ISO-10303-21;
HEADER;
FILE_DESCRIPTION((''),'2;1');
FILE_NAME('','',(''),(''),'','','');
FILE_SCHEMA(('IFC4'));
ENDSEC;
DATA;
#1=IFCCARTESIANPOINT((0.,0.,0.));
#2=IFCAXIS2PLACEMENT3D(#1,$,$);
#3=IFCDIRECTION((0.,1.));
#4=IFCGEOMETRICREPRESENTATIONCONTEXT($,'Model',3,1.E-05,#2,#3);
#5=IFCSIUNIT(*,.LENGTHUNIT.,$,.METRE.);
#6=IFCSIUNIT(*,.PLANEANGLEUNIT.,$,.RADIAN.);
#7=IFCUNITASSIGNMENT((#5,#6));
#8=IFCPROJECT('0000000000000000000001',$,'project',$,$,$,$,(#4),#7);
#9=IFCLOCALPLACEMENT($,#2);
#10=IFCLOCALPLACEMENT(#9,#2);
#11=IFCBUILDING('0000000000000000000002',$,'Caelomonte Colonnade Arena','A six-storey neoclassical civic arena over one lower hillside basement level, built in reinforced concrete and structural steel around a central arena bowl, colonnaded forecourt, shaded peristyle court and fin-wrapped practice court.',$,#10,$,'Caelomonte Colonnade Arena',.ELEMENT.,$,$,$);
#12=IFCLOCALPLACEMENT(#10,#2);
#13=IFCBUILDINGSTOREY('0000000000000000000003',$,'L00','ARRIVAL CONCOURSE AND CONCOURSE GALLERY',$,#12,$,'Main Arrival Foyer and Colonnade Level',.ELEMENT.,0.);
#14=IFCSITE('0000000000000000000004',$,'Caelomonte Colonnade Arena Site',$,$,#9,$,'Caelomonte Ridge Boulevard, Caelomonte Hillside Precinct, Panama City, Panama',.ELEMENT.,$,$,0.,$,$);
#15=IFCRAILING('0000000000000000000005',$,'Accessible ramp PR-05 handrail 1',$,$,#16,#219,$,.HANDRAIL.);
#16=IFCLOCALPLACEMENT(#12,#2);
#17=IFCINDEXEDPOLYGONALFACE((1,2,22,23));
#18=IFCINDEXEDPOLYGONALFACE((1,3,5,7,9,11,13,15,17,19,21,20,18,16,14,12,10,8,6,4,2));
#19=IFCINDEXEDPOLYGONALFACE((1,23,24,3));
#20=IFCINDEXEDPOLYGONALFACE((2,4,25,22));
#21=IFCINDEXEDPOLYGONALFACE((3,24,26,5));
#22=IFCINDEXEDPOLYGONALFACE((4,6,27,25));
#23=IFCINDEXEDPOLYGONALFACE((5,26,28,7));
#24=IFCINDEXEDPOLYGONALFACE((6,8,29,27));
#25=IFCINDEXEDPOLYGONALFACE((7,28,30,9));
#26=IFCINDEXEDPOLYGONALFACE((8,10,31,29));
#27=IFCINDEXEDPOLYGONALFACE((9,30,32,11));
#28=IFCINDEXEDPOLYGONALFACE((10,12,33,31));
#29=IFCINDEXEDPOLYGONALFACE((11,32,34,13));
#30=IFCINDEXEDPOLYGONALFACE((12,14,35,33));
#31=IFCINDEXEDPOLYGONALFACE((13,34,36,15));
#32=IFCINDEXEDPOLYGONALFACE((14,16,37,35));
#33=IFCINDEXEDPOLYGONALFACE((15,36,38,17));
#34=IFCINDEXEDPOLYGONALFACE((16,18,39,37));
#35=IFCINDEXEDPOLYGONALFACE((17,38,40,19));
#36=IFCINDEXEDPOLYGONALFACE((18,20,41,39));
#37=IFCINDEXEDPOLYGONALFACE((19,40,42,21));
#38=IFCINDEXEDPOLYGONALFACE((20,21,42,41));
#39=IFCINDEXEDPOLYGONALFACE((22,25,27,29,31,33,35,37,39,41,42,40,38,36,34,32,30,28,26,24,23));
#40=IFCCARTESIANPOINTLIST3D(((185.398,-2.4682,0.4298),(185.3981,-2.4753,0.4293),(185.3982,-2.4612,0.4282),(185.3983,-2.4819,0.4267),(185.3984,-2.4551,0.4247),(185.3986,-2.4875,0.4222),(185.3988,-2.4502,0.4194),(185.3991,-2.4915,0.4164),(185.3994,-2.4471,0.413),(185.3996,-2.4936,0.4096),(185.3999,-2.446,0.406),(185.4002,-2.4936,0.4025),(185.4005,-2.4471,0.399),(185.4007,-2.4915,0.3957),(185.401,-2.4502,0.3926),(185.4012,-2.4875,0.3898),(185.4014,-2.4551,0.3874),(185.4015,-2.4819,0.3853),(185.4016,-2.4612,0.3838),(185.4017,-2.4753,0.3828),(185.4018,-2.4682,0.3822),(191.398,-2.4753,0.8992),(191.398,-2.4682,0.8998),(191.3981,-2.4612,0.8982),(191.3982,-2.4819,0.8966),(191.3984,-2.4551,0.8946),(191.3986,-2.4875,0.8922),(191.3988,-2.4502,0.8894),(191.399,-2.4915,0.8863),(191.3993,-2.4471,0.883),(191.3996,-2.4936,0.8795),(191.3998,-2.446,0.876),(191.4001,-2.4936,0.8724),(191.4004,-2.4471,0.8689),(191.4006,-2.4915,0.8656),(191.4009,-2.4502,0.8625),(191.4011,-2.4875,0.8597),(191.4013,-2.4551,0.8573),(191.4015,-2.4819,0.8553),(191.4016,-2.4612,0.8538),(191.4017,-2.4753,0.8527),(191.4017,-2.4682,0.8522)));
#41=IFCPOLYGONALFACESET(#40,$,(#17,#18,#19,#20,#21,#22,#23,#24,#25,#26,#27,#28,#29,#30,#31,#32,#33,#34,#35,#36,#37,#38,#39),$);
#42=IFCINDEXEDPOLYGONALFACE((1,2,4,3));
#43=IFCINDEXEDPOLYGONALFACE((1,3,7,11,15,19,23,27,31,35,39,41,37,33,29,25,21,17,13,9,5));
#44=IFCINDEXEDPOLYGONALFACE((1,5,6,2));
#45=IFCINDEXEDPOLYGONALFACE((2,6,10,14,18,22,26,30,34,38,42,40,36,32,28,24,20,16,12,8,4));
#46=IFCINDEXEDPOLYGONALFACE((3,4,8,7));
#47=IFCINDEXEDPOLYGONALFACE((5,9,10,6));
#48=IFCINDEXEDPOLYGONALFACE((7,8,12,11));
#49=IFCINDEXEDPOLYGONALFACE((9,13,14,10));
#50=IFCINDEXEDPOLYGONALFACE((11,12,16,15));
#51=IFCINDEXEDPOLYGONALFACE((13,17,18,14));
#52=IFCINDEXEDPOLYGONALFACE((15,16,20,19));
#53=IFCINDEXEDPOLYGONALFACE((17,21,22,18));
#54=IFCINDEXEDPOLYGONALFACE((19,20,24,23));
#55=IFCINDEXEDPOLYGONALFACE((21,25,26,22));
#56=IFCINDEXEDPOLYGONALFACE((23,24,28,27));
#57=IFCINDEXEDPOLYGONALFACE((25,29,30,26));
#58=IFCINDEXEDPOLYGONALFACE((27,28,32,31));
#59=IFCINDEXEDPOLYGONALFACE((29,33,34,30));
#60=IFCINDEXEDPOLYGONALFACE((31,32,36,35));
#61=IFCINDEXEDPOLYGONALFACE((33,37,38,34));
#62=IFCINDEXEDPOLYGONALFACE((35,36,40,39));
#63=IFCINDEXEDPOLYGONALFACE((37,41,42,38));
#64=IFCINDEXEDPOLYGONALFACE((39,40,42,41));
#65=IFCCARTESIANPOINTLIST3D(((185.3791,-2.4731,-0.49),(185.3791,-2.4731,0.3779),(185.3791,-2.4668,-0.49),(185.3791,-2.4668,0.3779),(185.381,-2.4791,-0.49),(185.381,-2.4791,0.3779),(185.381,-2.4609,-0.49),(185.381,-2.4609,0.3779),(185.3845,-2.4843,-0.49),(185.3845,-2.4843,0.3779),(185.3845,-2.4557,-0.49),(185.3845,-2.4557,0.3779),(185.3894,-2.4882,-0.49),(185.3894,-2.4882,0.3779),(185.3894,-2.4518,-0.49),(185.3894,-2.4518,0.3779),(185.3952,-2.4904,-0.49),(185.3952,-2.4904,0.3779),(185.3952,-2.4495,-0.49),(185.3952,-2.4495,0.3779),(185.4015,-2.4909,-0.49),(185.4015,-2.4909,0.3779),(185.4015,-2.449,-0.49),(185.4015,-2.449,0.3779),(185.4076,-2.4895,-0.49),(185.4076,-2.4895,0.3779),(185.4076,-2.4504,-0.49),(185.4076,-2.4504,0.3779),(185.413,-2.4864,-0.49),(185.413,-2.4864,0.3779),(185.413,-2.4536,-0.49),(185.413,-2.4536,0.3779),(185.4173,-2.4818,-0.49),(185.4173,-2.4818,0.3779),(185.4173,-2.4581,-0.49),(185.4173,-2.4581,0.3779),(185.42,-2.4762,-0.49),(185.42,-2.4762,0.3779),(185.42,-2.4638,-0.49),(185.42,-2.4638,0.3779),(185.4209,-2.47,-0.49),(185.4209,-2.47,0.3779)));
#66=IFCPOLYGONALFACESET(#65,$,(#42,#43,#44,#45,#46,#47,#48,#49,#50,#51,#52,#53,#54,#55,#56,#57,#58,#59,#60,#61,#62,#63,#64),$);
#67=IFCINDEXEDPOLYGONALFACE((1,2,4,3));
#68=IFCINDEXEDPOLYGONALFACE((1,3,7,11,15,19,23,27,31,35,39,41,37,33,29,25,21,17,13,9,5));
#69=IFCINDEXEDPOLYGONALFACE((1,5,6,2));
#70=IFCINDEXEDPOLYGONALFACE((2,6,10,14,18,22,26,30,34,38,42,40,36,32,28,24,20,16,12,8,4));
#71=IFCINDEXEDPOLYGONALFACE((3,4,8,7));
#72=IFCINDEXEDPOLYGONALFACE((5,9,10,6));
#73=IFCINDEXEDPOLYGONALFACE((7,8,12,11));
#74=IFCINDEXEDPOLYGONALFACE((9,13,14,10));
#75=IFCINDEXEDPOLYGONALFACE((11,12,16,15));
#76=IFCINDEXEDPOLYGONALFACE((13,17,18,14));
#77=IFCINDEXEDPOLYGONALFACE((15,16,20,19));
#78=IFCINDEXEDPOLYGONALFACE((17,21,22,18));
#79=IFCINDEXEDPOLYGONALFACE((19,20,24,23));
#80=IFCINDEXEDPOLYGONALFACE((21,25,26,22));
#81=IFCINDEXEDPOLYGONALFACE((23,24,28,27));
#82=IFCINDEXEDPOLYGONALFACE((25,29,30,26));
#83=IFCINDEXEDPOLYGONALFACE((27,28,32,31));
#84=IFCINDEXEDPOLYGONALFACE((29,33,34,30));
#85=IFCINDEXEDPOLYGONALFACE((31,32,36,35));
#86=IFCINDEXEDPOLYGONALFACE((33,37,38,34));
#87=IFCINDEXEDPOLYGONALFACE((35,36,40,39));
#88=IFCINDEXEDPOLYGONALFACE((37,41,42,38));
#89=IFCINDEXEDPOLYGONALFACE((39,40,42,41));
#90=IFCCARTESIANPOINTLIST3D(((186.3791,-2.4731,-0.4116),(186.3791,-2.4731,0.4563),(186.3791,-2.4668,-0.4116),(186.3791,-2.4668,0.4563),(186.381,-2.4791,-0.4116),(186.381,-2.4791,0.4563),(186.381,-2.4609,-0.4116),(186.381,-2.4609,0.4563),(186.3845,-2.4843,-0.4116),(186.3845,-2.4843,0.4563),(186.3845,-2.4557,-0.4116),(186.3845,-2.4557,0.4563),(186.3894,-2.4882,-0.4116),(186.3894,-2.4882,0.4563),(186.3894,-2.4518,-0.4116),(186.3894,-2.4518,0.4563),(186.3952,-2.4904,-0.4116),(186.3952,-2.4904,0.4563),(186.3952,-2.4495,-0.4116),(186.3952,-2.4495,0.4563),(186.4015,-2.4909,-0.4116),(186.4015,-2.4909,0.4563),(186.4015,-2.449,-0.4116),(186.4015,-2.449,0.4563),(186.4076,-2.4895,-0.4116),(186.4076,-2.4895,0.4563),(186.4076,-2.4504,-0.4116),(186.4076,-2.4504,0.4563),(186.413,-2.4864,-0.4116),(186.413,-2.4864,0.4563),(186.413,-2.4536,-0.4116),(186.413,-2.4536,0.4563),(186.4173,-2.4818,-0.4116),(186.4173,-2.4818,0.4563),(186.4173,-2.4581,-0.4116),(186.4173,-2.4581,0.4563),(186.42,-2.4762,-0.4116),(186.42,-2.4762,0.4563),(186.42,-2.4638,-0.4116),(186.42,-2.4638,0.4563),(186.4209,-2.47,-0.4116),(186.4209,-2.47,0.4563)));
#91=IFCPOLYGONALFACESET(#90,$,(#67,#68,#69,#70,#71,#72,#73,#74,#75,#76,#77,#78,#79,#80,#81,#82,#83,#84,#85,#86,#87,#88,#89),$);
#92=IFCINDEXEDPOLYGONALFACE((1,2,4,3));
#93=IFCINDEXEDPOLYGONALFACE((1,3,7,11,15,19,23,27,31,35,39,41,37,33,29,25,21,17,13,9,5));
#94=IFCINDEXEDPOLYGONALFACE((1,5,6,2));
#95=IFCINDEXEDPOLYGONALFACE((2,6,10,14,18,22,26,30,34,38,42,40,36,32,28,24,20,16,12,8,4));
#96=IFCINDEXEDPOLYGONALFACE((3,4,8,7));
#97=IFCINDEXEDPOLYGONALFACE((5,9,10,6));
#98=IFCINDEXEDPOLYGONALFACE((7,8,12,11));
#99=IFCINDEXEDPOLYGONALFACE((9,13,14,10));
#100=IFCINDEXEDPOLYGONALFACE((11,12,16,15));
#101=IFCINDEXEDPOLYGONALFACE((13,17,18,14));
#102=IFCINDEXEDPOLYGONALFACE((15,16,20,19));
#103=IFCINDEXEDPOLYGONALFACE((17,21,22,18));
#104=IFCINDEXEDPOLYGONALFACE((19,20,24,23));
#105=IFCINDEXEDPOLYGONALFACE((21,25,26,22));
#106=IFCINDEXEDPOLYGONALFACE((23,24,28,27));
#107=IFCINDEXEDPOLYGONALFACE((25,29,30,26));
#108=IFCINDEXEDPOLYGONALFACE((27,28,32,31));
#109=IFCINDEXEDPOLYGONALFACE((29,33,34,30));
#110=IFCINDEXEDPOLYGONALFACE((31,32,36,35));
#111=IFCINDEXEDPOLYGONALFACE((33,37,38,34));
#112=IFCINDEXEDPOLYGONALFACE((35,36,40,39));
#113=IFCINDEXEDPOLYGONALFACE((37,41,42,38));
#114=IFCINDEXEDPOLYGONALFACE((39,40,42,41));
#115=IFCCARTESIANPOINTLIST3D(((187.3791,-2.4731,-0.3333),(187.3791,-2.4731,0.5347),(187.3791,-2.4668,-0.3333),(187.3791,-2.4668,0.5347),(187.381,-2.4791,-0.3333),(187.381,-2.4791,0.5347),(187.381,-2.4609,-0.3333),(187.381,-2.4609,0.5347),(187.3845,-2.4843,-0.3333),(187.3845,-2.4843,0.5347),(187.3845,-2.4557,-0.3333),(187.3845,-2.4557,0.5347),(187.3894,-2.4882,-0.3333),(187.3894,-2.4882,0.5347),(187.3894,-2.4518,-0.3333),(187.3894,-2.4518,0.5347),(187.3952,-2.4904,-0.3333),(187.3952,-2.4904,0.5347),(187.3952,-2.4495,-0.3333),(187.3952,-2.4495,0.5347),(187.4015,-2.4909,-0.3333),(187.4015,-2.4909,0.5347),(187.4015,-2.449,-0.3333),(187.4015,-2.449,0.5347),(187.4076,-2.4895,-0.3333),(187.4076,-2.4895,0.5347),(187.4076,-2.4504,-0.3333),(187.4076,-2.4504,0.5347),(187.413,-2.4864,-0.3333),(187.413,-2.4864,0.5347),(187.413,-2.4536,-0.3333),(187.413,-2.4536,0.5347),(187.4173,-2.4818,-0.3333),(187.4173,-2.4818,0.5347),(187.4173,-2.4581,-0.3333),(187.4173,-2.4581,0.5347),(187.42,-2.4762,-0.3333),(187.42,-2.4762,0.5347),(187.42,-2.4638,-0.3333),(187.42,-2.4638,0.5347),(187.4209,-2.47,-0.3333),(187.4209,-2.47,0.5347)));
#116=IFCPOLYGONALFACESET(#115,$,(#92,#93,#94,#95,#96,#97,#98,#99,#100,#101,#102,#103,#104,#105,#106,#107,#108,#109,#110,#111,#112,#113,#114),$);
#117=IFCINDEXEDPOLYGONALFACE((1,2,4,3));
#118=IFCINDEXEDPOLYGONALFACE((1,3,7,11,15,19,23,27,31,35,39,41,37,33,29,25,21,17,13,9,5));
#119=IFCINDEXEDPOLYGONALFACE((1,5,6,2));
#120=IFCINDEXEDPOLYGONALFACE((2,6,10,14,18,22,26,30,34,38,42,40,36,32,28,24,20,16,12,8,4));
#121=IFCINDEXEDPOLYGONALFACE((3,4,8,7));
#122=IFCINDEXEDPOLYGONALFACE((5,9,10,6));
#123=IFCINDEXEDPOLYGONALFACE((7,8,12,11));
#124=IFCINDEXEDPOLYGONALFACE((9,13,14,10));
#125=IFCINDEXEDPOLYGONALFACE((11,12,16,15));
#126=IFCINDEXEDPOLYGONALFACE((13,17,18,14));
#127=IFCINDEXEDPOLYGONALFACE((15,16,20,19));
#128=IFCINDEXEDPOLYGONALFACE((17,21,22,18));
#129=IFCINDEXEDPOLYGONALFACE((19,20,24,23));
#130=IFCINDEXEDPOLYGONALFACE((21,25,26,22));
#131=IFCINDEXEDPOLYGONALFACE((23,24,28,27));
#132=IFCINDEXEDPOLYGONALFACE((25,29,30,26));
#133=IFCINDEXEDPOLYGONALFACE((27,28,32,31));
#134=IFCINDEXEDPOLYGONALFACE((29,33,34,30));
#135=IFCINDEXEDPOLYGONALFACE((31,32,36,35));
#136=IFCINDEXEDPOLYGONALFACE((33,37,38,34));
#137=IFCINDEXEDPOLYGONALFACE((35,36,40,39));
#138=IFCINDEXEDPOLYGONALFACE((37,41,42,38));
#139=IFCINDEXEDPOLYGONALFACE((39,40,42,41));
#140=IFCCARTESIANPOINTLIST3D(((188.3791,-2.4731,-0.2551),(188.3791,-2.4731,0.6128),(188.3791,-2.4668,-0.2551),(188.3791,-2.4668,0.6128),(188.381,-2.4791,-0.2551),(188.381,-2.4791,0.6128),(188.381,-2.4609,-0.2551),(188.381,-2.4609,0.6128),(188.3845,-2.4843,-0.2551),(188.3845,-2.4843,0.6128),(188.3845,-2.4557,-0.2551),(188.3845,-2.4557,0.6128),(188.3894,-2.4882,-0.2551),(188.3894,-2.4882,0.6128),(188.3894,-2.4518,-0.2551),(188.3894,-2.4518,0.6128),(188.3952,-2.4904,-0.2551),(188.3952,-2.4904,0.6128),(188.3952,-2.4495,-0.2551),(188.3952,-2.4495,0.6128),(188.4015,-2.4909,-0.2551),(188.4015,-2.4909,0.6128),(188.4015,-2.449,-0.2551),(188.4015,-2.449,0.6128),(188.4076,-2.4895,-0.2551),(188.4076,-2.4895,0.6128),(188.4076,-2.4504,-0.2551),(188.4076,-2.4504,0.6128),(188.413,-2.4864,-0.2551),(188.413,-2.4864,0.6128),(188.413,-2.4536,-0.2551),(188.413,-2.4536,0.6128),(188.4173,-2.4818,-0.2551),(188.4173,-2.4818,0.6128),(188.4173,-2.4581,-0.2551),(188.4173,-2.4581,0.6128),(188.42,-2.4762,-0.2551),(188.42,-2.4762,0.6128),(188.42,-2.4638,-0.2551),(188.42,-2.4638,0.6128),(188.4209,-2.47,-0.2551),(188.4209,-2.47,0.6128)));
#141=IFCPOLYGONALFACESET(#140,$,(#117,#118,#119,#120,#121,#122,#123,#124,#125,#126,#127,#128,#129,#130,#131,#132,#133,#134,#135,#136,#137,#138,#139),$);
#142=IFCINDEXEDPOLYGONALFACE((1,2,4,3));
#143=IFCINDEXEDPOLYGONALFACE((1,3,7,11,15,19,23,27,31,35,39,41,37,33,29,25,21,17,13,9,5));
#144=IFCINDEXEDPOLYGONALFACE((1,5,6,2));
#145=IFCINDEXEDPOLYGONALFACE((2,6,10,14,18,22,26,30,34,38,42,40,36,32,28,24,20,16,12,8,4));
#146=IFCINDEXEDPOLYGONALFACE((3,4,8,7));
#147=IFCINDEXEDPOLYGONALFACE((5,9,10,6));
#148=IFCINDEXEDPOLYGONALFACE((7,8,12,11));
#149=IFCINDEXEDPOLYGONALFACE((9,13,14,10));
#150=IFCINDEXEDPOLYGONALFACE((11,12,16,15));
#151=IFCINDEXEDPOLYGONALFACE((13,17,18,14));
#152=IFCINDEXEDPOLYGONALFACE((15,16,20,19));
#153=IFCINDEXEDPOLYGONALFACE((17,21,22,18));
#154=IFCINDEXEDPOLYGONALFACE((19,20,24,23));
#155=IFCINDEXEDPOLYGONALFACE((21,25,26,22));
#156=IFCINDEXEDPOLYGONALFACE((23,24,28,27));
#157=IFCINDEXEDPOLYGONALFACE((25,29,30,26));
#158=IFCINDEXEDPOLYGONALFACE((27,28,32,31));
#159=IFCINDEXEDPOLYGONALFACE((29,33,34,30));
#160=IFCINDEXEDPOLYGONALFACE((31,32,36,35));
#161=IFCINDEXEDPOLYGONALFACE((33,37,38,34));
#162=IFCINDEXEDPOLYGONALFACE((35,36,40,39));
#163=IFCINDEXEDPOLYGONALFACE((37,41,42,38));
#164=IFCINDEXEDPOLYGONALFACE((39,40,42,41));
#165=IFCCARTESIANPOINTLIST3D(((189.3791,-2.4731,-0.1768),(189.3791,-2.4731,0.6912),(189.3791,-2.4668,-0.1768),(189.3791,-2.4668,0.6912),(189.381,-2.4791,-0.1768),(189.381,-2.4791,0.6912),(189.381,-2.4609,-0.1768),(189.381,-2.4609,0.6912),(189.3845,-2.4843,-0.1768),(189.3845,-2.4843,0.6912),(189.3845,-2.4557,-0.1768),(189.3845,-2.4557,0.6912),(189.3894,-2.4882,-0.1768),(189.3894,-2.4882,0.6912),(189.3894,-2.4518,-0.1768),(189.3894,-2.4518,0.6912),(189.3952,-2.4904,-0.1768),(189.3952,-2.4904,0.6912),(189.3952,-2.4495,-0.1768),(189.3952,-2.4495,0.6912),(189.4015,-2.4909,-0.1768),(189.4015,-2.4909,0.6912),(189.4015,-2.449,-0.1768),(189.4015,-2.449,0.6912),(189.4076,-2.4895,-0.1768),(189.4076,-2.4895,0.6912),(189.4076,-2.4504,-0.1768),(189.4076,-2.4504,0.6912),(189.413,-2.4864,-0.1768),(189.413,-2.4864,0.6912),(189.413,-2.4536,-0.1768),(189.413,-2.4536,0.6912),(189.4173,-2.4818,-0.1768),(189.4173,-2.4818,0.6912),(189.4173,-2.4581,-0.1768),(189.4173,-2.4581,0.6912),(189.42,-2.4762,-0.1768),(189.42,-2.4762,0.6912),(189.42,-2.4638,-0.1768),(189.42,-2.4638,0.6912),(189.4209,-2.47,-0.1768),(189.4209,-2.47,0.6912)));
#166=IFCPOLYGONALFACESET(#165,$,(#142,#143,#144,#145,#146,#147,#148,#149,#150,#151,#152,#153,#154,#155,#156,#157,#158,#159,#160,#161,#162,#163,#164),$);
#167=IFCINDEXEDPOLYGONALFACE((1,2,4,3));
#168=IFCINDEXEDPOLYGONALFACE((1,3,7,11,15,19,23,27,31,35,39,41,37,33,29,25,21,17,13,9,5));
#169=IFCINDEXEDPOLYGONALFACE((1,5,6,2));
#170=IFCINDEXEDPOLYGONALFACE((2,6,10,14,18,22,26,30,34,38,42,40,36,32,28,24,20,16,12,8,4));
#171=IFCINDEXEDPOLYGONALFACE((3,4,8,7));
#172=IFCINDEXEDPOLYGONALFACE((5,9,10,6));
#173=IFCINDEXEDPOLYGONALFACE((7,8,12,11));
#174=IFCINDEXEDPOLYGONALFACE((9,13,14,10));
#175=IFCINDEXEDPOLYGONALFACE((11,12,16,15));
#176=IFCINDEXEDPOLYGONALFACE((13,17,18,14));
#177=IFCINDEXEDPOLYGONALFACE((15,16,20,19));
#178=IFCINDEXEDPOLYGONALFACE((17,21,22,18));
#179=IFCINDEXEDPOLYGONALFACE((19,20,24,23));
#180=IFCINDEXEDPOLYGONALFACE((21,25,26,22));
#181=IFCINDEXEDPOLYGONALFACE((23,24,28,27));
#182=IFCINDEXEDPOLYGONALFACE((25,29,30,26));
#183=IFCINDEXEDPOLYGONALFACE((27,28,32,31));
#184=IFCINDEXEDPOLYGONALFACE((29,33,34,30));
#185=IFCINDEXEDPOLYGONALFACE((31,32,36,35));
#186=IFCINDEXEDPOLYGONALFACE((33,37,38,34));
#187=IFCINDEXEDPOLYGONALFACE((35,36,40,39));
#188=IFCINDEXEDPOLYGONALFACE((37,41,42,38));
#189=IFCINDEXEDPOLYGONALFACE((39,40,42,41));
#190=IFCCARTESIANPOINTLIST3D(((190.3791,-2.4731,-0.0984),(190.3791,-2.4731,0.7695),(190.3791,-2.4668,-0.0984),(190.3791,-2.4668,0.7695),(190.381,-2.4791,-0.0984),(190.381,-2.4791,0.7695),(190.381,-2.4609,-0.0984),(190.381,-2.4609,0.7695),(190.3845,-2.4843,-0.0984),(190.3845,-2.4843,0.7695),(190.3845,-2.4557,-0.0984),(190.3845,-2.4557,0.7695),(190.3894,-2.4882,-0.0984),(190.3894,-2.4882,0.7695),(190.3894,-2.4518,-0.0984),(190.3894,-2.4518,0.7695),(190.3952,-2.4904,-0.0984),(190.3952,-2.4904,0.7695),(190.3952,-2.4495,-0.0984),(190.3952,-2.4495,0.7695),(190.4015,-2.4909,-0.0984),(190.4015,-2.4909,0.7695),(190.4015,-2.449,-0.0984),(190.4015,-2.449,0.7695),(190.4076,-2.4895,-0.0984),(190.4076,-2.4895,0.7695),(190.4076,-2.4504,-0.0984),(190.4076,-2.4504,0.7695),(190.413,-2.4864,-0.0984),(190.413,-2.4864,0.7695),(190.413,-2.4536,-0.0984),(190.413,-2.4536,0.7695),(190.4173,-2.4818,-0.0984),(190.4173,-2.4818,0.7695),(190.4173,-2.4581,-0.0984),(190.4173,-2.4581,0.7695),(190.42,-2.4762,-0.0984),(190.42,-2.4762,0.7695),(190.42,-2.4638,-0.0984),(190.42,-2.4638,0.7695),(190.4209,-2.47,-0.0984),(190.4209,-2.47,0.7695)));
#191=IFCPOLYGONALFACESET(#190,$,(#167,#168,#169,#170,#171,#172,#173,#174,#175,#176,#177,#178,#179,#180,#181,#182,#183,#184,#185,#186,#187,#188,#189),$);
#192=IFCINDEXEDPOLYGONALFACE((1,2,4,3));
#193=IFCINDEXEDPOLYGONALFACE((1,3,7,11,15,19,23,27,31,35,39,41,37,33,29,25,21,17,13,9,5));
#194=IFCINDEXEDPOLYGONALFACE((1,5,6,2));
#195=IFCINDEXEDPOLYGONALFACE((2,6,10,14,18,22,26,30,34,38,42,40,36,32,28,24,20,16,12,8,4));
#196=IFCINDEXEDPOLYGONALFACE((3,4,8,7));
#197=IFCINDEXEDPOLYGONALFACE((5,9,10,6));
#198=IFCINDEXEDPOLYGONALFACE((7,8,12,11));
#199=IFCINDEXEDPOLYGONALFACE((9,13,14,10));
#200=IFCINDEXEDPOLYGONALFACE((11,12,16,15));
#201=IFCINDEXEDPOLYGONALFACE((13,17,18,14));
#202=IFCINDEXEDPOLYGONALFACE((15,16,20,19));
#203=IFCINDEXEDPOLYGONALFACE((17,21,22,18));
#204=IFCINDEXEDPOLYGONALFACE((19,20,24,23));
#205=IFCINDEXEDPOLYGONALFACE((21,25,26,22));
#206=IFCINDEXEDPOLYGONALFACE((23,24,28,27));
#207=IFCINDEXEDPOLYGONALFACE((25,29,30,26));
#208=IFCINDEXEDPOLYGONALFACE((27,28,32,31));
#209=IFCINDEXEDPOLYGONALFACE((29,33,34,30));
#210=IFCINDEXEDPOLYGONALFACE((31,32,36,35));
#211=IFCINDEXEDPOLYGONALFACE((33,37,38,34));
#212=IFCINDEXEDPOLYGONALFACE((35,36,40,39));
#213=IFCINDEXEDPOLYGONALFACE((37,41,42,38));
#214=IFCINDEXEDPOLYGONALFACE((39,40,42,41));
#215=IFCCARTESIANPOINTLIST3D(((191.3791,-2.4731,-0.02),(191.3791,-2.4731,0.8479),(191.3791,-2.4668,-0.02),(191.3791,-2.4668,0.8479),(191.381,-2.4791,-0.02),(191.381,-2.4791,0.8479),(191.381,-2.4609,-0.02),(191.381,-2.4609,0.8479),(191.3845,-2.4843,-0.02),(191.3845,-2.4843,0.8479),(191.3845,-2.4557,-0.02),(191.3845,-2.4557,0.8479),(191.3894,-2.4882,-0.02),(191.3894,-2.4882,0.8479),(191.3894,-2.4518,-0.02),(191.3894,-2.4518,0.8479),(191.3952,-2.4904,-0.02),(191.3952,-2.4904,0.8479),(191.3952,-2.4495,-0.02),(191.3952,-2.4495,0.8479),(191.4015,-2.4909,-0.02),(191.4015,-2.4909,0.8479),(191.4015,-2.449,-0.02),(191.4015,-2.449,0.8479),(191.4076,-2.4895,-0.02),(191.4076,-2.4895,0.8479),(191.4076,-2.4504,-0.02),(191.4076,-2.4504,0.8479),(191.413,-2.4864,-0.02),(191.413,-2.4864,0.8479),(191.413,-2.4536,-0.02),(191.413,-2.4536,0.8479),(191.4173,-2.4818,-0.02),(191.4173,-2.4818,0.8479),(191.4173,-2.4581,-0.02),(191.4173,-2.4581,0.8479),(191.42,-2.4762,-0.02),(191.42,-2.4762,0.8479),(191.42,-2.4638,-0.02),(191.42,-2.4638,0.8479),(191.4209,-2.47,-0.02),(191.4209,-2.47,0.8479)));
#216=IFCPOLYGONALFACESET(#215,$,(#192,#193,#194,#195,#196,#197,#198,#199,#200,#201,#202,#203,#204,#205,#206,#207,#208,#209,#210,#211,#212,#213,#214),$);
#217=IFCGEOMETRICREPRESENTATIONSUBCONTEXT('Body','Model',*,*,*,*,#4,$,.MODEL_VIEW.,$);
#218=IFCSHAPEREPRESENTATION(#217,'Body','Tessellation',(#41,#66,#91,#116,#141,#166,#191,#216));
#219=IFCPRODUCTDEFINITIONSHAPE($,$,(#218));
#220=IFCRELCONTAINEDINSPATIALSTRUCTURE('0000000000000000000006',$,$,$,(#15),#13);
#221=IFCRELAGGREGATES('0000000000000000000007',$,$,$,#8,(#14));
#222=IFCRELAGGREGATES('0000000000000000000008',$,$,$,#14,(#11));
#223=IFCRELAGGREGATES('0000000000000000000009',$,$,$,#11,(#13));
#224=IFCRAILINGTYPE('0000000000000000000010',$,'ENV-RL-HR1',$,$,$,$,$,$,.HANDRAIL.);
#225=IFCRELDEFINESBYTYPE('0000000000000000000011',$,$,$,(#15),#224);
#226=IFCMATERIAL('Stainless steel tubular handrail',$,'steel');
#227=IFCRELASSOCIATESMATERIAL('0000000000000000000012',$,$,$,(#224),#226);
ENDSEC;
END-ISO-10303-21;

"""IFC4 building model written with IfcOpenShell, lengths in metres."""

from ifc_helpers import new_model, si_unit, direction, frame, origin, origin_2d, place, context, subcontext, project, spatial, circle, extrude, material, type_object, element, save


model = new_model("IFC4")

# Units and contexts
model_context = context("Model", 3, precision=1e-05, world=origin(), true_north=direction((0.0, 1.0)))
body_context = subcontext(model_context, "Body", "Model", "MODEL_VIEW")
ifc_project = project(units=[si_unit("LENGTHUNIT", "METRE"), si_unit("PLANEANGLEUNIT", "RADIAN")], contexts=[model_context])

# Site, building, storey
site_placement = place(None, origin())
site = spatial("IfcSite", under=ifc_project, at=site_placement, Name="Caelomonte Colonnade Arena Site", LongName="Caelomonte Ridge Boulevard, Caelomonte Hillside Precinct, Panama City, Panama", CompositionType="ELEMENT", RefElevation=0.0)
building_placement = place(site_placement, origin())
building = spatial("IfcBuilding", under=site, at=building_placement, Name="Caelomonte Colonnade Arena", Description="A six-storey neoclassical civic arena over one lower hillside basement level, built in reinforced concrete and structural steel around a central arena bowl, colonnaded forecourt, shaded peristyle court and fin-wrapped practice court.", LongName="Caelomonte Colonnade Arena", CompositionType="ELEMENT")
storey_placement = place(building_placement, origin())
storey = spatial("IfcBuildingStorey", under=building, at=storey_placement, Name="L00", Description="ARRIVAL CONCOURSE AND CONCOURSE GALLERY", LongName="Main Arrival Foyer and Colonnade Level", CompositionType="ELEMENT", Elevation=0.0)

# Railing
ifc_material_1 = material(Name="Stainless steel tubular handrail", Category="steel")
railing_type = type_object("IfcRailingType", Name="ENV-RL-HR1", PredefinedType="HANDRAIL", material=ifc_material_1)
for number, where, name in (
    (1, (185.3999, -2.47, -0.49), "Accessible ramp PR-05 handrail 1"),
):
    element("IfcRailing", number, at=place(storey_placement, frame(where)), inside=storey, type_object=railing_type, Name=name, PredefinedType="HANDRAIL", context=body_context, shape_type="SweptSolid", body=[
        extrude(circle(Radius=0.0239, at=origin_2d()), frame((0.0, 0.0, 0.896), z_axis=(0.996946, 0.0, 0.078089), x_axis=(0.0, 1.0, 0.0)), (0.0, 0.0, 1.0), 6.0183),
        extrude(circle(Radius=0.021, at=origin_2d()), origin(), (0.0, 0.0, 1.0), 0.8679),
        extrude(circle(Radius=0.021, at=origin_2d()), frame((1.0, 0.0, 0.0784)), (0.0, 0.0, 1.0), 0.8679),
        extrude(circle(Radius=0.021, at=origin_2d()), frame((2.0, 0.0, 0.1567)), (0.0, 0.0, 1.0), 0.8679),
        extrude(circle(Radius=0.021, at=origin_2d()), frame((3.0, 0.0, 0.2349)), (0.0, 0.0, 1.0), 0.8679),
        extrude(circle(Radius=0.021, at=origin_2d()), frame((4.0, 0.0, 0.3132)), (0.0, 0.0, 1.0), 0.8679),
        extrude(circle(Radius=0.021, at=origin_2d()), frame((5.0, 0.0, 0.3916)), (0.0, 0.0, 1.0), 0.8679),
        extrude(circle(Radius=0.021, at=origin_2d()), frame((6.0, 0.0, 0.47)), (0.0, 0.0, 1.0), 0.8679),
    ])

save(model, "model.ifc")
